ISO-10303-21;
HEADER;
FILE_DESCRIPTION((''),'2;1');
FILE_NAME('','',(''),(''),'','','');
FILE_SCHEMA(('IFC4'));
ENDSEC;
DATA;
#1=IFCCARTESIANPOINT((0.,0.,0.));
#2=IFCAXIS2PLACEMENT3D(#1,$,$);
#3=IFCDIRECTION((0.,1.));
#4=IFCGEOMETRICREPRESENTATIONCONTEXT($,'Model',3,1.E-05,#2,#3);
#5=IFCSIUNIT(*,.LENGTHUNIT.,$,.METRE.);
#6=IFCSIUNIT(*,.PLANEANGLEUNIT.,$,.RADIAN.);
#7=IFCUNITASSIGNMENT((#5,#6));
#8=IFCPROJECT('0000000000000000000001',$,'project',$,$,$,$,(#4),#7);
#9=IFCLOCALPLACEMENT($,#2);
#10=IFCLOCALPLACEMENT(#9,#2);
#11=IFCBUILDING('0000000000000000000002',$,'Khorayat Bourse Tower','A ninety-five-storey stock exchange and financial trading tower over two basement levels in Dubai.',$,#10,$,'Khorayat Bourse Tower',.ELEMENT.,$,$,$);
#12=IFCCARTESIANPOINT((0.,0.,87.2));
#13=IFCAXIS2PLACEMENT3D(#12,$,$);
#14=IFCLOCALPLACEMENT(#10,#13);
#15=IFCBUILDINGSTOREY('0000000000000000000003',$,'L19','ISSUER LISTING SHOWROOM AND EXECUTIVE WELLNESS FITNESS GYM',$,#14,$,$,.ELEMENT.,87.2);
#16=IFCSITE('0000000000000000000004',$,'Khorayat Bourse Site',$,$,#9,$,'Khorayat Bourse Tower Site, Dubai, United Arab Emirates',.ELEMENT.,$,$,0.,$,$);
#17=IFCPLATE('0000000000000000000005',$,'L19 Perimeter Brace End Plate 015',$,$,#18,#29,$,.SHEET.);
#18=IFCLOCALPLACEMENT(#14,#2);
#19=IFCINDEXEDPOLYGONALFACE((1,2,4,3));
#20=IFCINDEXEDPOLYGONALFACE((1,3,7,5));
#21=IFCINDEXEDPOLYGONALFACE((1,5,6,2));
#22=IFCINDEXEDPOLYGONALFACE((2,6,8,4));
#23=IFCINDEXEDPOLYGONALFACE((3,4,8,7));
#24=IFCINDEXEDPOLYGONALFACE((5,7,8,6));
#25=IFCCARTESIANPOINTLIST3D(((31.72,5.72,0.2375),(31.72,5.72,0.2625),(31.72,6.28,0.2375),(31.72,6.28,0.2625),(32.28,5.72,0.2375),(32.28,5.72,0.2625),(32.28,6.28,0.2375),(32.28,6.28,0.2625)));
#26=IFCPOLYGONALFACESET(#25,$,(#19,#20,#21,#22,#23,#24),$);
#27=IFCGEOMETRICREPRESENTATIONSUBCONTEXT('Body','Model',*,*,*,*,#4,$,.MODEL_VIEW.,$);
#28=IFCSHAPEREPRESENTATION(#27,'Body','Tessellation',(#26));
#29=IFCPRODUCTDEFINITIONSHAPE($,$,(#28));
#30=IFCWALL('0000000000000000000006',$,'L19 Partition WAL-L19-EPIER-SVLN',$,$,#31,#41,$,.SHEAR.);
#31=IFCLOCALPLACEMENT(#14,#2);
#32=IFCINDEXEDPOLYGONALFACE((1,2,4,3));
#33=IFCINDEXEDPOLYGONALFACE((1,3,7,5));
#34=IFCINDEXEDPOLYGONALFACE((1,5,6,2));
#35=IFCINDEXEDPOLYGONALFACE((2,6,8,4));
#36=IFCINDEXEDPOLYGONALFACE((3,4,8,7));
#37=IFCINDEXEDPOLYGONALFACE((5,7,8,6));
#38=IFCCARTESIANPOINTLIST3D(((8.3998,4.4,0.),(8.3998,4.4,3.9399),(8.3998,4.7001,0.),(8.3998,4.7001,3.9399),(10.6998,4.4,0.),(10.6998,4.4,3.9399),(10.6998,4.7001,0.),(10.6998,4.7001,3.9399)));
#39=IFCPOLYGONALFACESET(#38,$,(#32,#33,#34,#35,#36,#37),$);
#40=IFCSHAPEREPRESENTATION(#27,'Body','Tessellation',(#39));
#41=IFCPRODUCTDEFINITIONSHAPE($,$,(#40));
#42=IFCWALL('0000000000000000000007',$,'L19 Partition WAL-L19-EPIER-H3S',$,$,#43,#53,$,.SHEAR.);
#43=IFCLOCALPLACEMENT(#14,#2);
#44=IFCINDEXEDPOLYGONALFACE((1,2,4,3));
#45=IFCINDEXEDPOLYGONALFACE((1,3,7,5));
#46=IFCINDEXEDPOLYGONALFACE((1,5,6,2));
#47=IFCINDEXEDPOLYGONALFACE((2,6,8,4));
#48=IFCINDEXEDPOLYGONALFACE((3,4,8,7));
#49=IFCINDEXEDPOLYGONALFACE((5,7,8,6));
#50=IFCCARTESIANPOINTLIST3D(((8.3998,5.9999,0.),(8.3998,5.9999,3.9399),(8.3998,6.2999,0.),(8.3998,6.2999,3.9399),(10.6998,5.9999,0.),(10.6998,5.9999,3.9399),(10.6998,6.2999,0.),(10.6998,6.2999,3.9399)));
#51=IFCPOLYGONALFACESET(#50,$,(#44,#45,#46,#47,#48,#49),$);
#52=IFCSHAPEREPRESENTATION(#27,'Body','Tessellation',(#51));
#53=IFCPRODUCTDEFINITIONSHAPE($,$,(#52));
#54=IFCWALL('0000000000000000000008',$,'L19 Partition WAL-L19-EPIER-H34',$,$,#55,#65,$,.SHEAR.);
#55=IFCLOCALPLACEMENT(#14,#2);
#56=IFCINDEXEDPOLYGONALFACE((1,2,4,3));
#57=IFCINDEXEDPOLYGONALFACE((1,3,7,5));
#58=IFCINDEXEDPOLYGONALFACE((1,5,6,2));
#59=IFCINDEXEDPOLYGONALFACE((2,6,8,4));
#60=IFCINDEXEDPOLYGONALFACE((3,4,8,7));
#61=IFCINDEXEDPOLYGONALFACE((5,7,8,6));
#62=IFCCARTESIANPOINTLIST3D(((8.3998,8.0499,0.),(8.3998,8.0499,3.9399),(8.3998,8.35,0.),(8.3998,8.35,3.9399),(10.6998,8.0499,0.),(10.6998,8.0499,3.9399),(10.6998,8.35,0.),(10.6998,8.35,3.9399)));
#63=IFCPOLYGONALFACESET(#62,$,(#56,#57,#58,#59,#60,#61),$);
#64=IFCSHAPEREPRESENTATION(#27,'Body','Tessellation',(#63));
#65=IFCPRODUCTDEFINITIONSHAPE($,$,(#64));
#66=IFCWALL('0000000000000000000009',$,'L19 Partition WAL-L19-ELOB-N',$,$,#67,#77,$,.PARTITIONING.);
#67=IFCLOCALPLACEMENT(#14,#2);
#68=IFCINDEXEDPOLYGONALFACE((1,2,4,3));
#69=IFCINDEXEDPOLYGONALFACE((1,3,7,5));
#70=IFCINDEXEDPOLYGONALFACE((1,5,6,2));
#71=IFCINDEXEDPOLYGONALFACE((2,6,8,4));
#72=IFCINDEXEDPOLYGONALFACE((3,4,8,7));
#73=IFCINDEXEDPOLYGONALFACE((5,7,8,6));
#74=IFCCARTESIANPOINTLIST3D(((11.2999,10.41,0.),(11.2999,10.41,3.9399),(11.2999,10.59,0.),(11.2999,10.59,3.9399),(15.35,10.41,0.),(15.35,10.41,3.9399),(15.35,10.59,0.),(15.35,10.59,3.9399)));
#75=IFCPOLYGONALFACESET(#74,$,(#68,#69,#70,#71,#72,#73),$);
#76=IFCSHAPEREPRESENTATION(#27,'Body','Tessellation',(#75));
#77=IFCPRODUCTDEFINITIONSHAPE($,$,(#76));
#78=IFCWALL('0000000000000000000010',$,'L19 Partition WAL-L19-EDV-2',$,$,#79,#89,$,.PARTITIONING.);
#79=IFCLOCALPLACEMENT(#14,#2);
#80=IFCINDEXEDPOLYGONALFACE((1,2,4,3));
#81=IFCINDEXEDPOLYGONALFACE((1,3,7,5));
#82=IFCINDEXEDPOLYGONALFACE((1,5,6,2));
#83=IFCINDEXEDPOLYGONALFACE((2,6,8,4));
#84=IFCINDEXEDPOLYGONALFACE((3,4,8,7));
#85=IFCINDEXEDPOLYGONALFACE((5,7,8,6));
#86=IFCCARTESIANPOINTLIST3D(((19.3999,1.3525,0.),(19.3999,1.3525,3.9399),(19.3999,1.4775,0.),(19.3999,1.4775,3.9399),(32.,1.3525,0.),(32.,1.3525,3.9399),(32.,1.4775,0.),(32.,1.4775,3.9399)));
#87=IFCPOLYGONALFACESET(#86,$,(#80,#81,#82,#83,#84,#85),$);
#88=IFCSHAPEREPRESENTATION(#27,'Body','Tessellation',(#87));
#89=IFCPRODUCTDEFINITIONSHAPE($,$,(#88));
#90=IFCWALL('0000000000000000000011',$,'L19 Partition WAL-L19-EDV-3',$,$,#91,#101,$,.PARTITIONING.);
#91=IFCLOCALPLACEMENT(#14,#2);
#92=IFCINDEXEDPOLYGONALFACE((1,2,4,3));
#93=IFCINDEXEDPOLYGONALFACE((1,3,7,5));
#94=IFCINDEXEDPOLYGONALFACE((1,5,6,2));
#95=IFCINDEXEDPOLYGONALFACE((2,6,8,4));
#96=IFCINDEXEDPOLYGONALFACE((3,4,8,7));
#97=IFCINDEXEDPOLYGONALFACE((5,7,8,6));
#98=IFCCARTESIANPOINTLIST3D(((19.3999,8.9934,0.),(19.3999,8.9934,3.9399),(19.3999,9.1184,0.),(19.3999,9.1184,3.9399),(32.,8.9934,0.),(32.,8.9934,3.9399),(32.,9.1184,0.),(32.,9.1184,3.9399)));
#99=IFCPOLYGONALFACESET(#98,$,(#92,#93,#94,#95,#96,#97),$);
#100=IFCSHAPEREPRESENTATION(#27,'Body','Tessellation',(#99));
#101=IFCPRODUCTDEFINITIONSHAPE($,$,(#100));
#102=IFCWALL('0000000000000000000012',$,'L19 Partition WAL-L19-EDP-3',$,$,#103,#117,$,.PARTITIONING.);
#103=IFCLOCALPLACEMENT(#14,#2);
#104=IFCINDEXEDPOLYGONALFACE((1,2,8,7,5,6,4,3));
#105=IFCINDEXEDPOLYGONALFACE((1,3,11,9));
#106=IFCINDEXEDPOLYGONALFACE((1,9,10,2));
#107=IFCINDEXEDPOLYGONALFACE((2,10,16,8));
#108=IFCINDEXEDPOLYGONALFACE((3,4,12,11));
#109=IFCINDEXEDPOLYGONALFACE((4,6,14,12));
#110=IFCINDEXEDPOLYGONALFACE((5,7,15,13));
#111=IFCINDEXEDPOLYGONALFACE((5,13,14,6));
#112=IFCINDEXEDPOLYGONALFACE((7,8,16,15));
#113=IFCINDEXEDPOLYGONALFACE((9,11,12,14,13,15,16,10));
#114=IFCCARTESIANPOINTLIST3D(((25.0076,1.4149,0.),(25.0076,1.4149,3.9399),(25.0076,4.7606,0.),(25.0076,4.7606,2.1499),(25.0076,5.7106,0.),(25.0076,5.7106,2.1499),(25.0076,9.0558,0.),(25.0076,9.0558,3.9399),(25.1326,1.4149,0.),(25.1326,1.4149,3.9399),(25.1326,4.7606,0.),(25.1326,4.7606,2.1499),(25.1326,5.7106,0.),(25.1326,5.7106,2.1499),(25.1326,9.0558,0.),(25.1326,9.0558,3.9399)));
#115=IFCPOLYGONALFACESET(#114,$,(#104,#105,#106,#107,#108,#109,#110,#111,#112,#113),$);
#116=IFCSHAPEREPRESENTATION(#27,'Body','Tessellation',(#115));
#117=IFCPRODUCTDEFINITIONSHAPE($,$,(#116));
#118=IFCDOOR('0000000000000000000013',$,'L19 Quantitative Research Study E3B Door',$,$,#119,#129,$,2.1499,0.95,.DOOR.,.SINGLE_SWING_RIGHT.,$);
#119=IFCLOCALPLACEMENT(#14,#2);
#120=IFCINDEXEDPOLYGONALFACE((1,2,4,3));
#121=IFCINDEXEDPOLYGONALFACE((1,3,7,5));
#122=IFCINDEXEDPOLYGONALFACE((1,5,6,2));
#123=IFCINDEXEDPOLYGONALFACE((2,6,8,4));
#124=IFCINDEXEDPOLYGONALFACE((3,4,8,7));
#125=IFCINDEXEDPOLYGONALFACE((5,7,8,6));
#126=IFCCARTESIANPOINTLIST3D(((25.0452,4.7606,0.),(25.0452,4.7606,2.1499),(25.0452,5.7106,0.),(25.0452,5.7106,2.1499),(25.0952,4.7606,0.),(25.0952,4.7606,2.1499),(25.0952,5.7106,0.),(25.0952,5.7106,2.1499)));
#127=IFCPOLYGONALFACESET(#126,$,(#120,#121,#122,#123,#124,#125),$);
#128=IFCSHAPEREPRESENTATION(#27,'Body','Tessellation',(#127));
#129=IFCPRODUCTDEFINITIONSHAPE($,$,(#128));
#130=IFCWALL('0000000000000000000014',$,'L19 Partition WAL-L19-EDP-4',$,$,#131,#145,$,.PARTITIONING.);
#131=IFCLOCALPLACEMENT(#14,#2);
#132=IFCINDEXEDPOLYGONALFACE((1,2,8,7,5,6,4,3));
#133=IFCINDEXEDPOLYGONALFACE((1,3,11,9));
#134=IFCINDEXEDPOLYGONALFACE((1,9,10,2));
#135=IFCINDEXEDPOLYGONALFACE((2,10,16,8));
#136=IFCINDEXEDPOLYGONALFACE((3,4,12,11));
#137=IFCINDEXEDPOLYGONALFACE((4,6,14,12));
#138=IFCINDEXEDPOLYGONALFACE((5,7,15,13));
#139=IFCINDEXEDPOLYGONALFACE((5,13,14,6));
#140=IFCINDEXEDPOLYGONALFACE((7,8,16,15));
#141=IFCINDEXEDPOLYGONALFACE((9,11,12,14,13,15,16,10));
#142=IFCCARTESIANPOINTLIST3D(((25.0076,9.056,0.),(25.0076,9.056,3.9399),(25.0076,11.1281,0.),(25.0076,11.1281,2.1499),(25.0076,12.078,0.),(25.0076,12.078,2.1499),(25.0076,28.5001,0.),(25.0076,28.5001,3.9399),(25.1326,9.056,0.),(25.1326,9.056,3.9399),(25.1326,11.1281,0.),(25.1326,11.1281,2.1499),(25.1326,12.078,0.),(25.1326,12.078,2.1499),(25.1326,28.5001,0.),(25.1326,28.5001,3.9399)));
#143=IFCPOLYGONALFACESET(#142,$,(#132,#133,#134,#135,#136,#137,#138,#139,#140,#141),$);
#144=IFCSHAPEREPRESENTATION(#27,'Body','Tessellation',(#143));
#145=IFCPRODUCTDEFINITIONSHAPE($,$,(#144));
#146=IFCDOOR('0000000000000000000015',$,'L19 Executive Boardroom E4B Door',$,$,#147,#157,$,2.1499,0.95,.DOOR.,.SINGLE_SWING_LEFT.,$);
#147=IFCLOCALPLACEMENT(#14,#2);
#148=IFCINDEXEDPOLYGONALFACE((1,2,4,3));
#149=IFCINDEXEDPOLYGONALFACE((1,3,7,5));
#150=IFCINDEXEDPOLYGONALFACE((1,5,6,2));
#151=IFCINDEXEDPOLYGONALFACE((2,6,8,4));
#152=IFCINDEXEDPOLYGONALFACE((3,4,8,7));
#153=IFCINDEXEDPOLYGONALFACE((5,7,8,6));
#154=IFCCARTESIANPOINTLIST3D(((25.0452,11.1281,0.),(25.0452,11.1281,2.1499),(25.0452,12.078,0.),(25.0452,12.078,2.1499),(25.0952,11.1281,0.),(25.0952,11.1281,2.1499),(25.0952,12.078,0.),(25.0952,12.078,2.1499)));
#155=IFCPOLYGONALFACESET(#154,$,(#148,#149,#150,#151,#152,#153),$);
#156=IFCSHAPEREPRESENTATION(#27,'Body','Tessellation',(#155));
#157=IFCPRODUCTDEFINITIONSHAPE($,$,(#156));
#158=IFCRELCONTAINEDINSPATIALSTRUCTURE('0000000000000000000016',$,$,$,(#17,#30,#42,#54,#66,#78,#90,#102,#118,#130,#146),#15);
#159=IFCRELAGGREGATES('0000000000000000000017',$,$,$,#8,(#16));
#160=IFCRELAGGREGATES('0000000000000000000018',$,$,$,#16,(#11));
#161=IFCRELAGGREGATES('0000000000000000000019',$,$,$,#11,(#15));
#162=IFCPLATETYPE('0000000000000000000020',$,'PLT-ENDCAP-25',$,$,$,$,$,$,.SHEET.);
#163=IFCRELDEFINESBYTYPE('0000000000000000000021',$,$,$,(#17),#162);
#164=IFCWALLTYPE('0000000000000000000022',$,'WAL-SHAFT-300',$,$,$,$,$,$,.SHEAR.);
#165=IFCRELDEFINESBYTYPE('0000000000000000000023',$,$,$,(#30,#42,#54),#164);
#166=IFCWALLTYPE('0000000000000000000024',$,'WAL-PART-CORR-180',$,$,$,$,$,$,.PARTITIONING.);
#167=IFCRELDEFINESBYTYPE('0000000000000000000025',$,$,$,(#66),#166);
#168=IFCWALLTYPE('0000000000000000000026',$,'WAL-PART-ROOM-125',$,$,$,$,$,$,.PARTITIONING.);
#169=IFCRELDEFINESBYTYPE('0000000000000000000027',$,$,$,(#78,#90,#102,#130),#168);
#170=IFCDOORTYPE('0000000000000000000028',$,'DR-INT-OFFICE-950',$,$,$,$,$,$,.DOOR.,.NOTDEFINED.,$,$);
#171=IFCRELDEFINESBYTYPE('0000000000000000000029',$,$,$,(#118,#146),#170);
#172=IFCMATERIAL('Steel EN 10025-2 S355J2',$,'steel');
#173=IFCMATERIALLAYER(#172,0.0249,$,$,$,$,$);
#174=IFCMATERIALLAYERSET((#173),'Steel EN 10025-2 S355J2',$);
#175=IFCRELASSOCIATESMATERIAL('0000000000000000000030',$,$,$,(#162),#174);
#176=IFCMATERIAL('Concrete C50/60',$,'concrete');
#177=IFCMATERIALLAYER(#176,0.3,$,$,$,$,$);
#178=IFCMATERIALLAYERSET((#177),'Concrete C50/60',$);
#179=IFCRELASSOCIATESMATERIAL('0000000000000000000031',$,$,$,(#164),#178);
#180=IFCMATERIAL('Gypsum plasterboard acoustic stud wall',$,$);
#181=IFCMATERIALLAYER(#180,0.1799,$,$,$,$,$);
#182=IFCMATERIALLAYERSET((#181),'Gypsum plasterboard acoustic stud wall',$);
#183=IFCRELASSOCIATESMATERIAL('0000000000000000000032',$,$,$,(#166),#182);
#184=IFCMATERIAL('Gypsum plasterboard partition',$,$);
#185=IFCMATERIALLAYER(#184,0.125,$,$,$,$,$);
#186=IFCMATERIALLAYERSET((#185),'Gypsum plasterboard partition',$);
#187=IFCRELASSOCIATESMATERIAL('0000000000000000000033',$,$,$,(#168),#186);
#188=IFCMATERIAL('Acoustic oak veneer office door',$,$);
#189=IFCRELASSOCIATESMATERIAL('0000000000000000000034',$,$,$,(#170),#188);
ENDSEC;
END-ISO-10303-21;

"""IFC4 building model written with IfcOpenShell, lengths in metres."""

from ifc_helpers import new_model, si_unit, direction, frame, frame_2d, origin, origin_2d, place, context, subcontext, project, spatial, rectangle, extrude, source, transform, mapped, material, layer, layer_set, type_object, element, fill, save


model = new_model("IFC4")

# Units and contexts
model_context = context("Model", 3, precision=1e-05, world=origin(), true_north=direction((0.0, 1.0)))
body_context = subcontext(model_context, "Body", "Model", "MODEL_VIEW")
ifc_project = project(units=[si_unit("LENGTHUNIT", "METRE"), si_unit("PLANEANGLEUNIT", "RADIAN")], contexts=[model_context])

# Site, building, storey
site_placement = place(None, origin())
site = spatial("IfcSite", under=ifc_project, at=site_placement, Name="Khorayat Bourse Site", LongName="Khorayat Bourse Tower Site, Dubai, United Arab Emirates", CompositionType="ELEMENT", RefElevation=0.0)
building_placement = place(site_placement, origin())
building = spatial("IfcBuilding", under=site, at=building_placement, Name="Khorayat Bourse Tower", Description="A ninety-five-storey stock exchange and financial trading tower over two basement levels in Dubai.", LongName="Khorayat Bourse Tower", CompositionType="ELEMENT")
storey_placement = place(building_placement, frame((0.0, 0.0, 87.2)))
storey = spatial("IfcBuildingStorey", under=building, at=storey_placement, Name="L19", Description="ISSUER LISTING SHOWROOM AND EXECUTIVE WELLNESS FITNESS GYM", CompositionType="ELEMENT", Elevation=87.2)

# Plate
ifc_material_1 = material(Name="Steel EN 10025-2 S355J2", Category="steel")
ifc_layer_1 = layer(ifc_material_1, 0.0249)
ifc_layer_set_1 = layer_set([ifc_layer_1], Name="Steel EN 10025-2 S355J2")
plate_type = type_object("IfcPlateType", Name="PLT-ENDCAP-25", PredefinedType="SHEET", material=ifc_layer_set_1)
shared_shape_1 = source(origin(), body_context, "Body", "SweptSolid", [
    extrude(rectangle(XDim=0.5601, YDim=0.5601, at=origin_2d()), origin(), (0.0, 0.0, 1.0), 0.0249),
])
plate_placement = place(storey_placement, frame((32.0, 6.0, 0.2375), z_axis=(0.0, 0.0, 1.0), x_axis=(1.0, 0.0, 0.0)))
element("IfcPlate", 1, at=plate_placement, inside=storey, type_object=plate_type, Name="L19 Perimeter Brace End Plate 015", PredefinedType="SHEET", context=body_context, shape_type="MappedRepresentation", body=[
    mapped(shared_shape_1, transform((0.0, 0.0, 0.0), scale=1.0)),
])

# Walls
ifc_material_2 = material(Name="Concrete C50/60", Category="concrete")
ifc_layer_2 = layer(ifc_material_2, 0.3)
ifc_layer_set_2 = layer_set([ifc_layer_2], Name="Concrete C50/60")
wall_type_1 = type_object("IfcWallType", Name="WAL-SHAFT-300", PredefinedType="SHEAR", material=ifc_layer_set_2)
shared_shape_2 = source(origin(), body_context, "Body", "SweptSolid", [
    extrude(rectangle(XDim=2.3, YDim=0.3, at=frame_2d((1.1499, 0.0))), origin(), (0.0, 0.0, 1.0), 3.9399),
])
for number, where, z_axis, x_axis, name in (
    (2, (8.3999, 4.55, 0.0), (0.0, 0.0, 1.0), (1.0, 0.0, 0.0), "L19 Partition WAL-L19-EPIER-SVLN"),
    (3, (8.3999, 6.1499, 0.0), (0.0, 0.0, 1.0), (1.0, 0.0, 0.0), "L19 Partition WAL-L19-EPIER-H3S"),
    (4, (8.3999, 8.2, 0.0), (0.0, 0.0, 1.0), (1.0, 0.0, 0.0), "L19 Partition WAL-L19-EPIER-H34"),
):
    element("IfcWall", number, at=place(storey_placement, frame(where, z_axis=z_axis, x_axis=x_axis)), inside=storey, type_object=wall_type_1, Name=name, PredefinedType="SHEAR", context=body_context, shape_type="MappedRepresentation", body=[
        mapped(shared_shape_2, transform((0.0, 0.0, 0.0), scale=1.0)),
    ])
ifc_material_3 = material(Name="Gypsum plasterboard acoustic stud wall")
ifc_layer_3 = layer(ifc_material_3, 0.1799)
ifc_layer_set_3 = layer_set([ifc_layer_3], Name="Gypsum plasterboard acoustic stud wall")
wall_type_2 = type_object("IfcWallType", Name="WAL-PART-CORR-180", PredefinedType="PARTITIONING", material=ifc_layer_set_3)
shared_shape_3 = source(origin(), body_context, "Body", "SweptSolid", [
    extrude(rectangle(XDim=4.05, YDim=0.1799, at=frame_2d((2.0249, 0.0))), origin(), (0.0, 0.0, 1.0), 3.9399),
])
wall_1_placement = place(storey_placement, frame((11.3, 10.5, 0.0), z_axis=(0.0, 0.0, 1.0), x_axis=(1.0, 0.0, 0.0)))
element("IfcWall", 5, at=wall_1_placement, inside=storey, type_object=wall_type_2, Name="L19 Partition WAL-L19-ELOB-N", PredefinedType="PARTITIONING", context=body_context, shape_type="MappedRepresentation", body=[
    mapped(shared_shape_3, transform((0.0, 0.0, 0.0), scale=1.0)),
])
ifc_material_4 = material(Name="Gypsum plasterboard partition")
ifc_layer_4 = layer(ifc_material_4, 0.125)
ifc_layer_set_4 = layer_set([ifc_layer_4], Name="Gypsum plasterboard partition")
wall_type_3 = type_object("IfcWallType", Name="WAL-PART-ROOM-125", PredefinedType="PARTITIONING", material=ifc_layer_set_4)
shared_shape_4 = source(origin(), body_context, "Body", "SweptSolid", [
    extrude(rectangle(XDim=12.6001, YDim=0.125, at=frame_2d((6.3, 0.0))), origin(), (0.0, 0.0, 1.0), 3.9399),
])
for number, where, z_axis, x_axis, name in (
    (6, (19.3999, 1.415, 0.0), (0.0, 0.0, 1.0), (1.0, 0.0, 0.0), "L19 Partition WAL-L19-EDV-2"),
    (7, (19.3999, 9.0559, 0.0), (0.0, 0.0, 1.0), (1.0, 0.0, 0.0), "L19 Partition WAL-L19-EDV-3"),
):
    element("IfcWall", number, at=place(storey_placement, frame(where, z_axis=z_axis, x_axis=x_axis)), inside=storey, type_object=wall_type_3, Name=name, PredefinedType="PARTITIONING", context=body_context, shape_type="MappedRepresentation", body=[
        mapped(shared_shape_4, transform((0.0, 0.0, 0.0), scale=1.0)),
    ])

# Walls, openings, doors
shared_shape_5 = source(origin(), body_context, "Body", "SweptSolid", [
    extrude(rectangle(XDim=7.6409, YDim=0.125, at=frame_2d((3.8203, 0.0))), origin(), (0.0, 0.0, 1.0), 3.9399),
])
wall_2_placement = place(storey_placement, frame((25.0701, 1.415, 0.0), z_axis=(0.0, 0.0, 1.0), x_axis=(0.0, 1.0, 0.0)))
wall_2 = element("IfcWall", 8, at=wall_2_placement, inside=storey, type_object=wall_type_3, Name="L19 Partition WAL-L19-EDP-3", PredefinedType="PARTITIONING", context=body_context, shape_type="MappedRepresentation", body=[
    mapped(shared_shape_5, transform((0.0, 0.0, 0.0), scale=1.0)),
])
shared_shape_6 = source(origin(), body_context, "Body", "SweptSolid", [
    extrude(rectangle(XDim=0.95, YDim=2.1499, at=frame_2d((0.4751, 1.075))), frame((0.0, 0.0725, 0.0), z_axis=(0.0, -1.0, 0.0), x_axis=(1.0, 0.0, 0.0)), (0.0, 0.0, 1.0), 0.145),
])
opening_1_placement = place(wall_2_placement, frame((3.3455, 0.0, 0.0)))
opening_1 = element("IfcOpeningElement", 9, at=opening_1_placement, cuts=wall_2, PredefinedType="OPENING", context=body_context, shape_type="MappedRepresentation", body=[
    mapped(shared_shape_6, transform((0.0, 0.0, 0.0), scale=1.0)),
])
ifc_material_5 = material(Name="Acoustic oak veneer office door")
door_type = type_object("IfcDoorType", Name="DR-INT-OFFICE-950", OperationType="NOTDEFINED", PredefinedType="DOOR", material=ifc_material_5)
shared_shape_7 = source(origin(), body_context, "Body", "SweptSolid", [
    extrude(rectangle(XDim=0.95, YDim=2.1499, at=frame_2d((0.4751, 1.075))), frame((0.0, 0.0249, 0.0), z_axis=(0.0, -1.0, 0.0), x_axis=(1.0, 0.0, 0.0)), (0.0, 0.0, 1.0), 0.05),
])
door_1_placement = place(opening_1_placement, origin())
door_1 = element("IfcDoor", 10, at=door_1_placement, inside=storey, type_object=door_type, Name="L19 Quantitative Research Study E3B Door", OperationType="SINGLE_SWING_RIGHT", OverallHeight=2.1499, OverallWidth=0.95, PredefinedType="DOOR", context=body_context, shape_type="MappedRepresentation", body=[
    mapped(shared_shape_7, transform((0.0, 0.0, 0.0), scale=1.0)),
])
fill(opening_1, door_1)
shared_shape_8 = source(origin(), body_context, "Body", "SweptSolid", [
    extrude(rectangle(XDim=19.4441, YDim=0.125, at=frame_2d((9.7222, 0.0))), origin(), (0.0, 0.0, 1.0), 3.9399),
])
wall_3_placement = place(storey_placement, frame((25.0701, 9.0559, 0.0), z_axis=(0.0, 0.0, 1.0), x_axis=(0.0, 1.0, 0.0)))
wall_3 = element("IfcWall", 11, at=wall_3_placement, inside=storey, type_object=wall_type_3, Name="L19 Partition WAL-L19-EDP-4", PredefinedType="PARTITIONING", context=body_context, shape_type="MappedRepresentation", body=[
    mapped(shared_shape_8, transform((0.0, 0.0, 0.0), scale=1.0)),
])
opening_2_placement = place(wall_3_placement, frame((2.072, 0.0, 0.0)))
opening_2 = element("IfcOpeningElement", 12, at=opening_2_placement, cuts=wall_3, PredefinedType="OPENING", context=body_context, shape_type="MappedRepresentation", body=[
    mapped(shared_shape_6, transform((0.0, 0.0, 0.0), scale=1.0)),
])
door_2_placement = place(opening_2_placement, origin())
door_2 = element("IfcDoor", 13, at=door_2_placement, inside=storey, type_object=door_type, Name="L19 Executive Boardroom E4B Door", OperationType="SINGLE_SWING_LEFT", OverallHeight=2.1499, OverallWidth=0.95, PredefinedType="DOOR", context=body_context, shape_type="MappedRepresentation", body=[
    mapped(shared_shape_7, transform((0.0, 0.0, 0.0), scale=1.0)),
])
fill(opening_2, door_2)

save(model, "model.ifc")
